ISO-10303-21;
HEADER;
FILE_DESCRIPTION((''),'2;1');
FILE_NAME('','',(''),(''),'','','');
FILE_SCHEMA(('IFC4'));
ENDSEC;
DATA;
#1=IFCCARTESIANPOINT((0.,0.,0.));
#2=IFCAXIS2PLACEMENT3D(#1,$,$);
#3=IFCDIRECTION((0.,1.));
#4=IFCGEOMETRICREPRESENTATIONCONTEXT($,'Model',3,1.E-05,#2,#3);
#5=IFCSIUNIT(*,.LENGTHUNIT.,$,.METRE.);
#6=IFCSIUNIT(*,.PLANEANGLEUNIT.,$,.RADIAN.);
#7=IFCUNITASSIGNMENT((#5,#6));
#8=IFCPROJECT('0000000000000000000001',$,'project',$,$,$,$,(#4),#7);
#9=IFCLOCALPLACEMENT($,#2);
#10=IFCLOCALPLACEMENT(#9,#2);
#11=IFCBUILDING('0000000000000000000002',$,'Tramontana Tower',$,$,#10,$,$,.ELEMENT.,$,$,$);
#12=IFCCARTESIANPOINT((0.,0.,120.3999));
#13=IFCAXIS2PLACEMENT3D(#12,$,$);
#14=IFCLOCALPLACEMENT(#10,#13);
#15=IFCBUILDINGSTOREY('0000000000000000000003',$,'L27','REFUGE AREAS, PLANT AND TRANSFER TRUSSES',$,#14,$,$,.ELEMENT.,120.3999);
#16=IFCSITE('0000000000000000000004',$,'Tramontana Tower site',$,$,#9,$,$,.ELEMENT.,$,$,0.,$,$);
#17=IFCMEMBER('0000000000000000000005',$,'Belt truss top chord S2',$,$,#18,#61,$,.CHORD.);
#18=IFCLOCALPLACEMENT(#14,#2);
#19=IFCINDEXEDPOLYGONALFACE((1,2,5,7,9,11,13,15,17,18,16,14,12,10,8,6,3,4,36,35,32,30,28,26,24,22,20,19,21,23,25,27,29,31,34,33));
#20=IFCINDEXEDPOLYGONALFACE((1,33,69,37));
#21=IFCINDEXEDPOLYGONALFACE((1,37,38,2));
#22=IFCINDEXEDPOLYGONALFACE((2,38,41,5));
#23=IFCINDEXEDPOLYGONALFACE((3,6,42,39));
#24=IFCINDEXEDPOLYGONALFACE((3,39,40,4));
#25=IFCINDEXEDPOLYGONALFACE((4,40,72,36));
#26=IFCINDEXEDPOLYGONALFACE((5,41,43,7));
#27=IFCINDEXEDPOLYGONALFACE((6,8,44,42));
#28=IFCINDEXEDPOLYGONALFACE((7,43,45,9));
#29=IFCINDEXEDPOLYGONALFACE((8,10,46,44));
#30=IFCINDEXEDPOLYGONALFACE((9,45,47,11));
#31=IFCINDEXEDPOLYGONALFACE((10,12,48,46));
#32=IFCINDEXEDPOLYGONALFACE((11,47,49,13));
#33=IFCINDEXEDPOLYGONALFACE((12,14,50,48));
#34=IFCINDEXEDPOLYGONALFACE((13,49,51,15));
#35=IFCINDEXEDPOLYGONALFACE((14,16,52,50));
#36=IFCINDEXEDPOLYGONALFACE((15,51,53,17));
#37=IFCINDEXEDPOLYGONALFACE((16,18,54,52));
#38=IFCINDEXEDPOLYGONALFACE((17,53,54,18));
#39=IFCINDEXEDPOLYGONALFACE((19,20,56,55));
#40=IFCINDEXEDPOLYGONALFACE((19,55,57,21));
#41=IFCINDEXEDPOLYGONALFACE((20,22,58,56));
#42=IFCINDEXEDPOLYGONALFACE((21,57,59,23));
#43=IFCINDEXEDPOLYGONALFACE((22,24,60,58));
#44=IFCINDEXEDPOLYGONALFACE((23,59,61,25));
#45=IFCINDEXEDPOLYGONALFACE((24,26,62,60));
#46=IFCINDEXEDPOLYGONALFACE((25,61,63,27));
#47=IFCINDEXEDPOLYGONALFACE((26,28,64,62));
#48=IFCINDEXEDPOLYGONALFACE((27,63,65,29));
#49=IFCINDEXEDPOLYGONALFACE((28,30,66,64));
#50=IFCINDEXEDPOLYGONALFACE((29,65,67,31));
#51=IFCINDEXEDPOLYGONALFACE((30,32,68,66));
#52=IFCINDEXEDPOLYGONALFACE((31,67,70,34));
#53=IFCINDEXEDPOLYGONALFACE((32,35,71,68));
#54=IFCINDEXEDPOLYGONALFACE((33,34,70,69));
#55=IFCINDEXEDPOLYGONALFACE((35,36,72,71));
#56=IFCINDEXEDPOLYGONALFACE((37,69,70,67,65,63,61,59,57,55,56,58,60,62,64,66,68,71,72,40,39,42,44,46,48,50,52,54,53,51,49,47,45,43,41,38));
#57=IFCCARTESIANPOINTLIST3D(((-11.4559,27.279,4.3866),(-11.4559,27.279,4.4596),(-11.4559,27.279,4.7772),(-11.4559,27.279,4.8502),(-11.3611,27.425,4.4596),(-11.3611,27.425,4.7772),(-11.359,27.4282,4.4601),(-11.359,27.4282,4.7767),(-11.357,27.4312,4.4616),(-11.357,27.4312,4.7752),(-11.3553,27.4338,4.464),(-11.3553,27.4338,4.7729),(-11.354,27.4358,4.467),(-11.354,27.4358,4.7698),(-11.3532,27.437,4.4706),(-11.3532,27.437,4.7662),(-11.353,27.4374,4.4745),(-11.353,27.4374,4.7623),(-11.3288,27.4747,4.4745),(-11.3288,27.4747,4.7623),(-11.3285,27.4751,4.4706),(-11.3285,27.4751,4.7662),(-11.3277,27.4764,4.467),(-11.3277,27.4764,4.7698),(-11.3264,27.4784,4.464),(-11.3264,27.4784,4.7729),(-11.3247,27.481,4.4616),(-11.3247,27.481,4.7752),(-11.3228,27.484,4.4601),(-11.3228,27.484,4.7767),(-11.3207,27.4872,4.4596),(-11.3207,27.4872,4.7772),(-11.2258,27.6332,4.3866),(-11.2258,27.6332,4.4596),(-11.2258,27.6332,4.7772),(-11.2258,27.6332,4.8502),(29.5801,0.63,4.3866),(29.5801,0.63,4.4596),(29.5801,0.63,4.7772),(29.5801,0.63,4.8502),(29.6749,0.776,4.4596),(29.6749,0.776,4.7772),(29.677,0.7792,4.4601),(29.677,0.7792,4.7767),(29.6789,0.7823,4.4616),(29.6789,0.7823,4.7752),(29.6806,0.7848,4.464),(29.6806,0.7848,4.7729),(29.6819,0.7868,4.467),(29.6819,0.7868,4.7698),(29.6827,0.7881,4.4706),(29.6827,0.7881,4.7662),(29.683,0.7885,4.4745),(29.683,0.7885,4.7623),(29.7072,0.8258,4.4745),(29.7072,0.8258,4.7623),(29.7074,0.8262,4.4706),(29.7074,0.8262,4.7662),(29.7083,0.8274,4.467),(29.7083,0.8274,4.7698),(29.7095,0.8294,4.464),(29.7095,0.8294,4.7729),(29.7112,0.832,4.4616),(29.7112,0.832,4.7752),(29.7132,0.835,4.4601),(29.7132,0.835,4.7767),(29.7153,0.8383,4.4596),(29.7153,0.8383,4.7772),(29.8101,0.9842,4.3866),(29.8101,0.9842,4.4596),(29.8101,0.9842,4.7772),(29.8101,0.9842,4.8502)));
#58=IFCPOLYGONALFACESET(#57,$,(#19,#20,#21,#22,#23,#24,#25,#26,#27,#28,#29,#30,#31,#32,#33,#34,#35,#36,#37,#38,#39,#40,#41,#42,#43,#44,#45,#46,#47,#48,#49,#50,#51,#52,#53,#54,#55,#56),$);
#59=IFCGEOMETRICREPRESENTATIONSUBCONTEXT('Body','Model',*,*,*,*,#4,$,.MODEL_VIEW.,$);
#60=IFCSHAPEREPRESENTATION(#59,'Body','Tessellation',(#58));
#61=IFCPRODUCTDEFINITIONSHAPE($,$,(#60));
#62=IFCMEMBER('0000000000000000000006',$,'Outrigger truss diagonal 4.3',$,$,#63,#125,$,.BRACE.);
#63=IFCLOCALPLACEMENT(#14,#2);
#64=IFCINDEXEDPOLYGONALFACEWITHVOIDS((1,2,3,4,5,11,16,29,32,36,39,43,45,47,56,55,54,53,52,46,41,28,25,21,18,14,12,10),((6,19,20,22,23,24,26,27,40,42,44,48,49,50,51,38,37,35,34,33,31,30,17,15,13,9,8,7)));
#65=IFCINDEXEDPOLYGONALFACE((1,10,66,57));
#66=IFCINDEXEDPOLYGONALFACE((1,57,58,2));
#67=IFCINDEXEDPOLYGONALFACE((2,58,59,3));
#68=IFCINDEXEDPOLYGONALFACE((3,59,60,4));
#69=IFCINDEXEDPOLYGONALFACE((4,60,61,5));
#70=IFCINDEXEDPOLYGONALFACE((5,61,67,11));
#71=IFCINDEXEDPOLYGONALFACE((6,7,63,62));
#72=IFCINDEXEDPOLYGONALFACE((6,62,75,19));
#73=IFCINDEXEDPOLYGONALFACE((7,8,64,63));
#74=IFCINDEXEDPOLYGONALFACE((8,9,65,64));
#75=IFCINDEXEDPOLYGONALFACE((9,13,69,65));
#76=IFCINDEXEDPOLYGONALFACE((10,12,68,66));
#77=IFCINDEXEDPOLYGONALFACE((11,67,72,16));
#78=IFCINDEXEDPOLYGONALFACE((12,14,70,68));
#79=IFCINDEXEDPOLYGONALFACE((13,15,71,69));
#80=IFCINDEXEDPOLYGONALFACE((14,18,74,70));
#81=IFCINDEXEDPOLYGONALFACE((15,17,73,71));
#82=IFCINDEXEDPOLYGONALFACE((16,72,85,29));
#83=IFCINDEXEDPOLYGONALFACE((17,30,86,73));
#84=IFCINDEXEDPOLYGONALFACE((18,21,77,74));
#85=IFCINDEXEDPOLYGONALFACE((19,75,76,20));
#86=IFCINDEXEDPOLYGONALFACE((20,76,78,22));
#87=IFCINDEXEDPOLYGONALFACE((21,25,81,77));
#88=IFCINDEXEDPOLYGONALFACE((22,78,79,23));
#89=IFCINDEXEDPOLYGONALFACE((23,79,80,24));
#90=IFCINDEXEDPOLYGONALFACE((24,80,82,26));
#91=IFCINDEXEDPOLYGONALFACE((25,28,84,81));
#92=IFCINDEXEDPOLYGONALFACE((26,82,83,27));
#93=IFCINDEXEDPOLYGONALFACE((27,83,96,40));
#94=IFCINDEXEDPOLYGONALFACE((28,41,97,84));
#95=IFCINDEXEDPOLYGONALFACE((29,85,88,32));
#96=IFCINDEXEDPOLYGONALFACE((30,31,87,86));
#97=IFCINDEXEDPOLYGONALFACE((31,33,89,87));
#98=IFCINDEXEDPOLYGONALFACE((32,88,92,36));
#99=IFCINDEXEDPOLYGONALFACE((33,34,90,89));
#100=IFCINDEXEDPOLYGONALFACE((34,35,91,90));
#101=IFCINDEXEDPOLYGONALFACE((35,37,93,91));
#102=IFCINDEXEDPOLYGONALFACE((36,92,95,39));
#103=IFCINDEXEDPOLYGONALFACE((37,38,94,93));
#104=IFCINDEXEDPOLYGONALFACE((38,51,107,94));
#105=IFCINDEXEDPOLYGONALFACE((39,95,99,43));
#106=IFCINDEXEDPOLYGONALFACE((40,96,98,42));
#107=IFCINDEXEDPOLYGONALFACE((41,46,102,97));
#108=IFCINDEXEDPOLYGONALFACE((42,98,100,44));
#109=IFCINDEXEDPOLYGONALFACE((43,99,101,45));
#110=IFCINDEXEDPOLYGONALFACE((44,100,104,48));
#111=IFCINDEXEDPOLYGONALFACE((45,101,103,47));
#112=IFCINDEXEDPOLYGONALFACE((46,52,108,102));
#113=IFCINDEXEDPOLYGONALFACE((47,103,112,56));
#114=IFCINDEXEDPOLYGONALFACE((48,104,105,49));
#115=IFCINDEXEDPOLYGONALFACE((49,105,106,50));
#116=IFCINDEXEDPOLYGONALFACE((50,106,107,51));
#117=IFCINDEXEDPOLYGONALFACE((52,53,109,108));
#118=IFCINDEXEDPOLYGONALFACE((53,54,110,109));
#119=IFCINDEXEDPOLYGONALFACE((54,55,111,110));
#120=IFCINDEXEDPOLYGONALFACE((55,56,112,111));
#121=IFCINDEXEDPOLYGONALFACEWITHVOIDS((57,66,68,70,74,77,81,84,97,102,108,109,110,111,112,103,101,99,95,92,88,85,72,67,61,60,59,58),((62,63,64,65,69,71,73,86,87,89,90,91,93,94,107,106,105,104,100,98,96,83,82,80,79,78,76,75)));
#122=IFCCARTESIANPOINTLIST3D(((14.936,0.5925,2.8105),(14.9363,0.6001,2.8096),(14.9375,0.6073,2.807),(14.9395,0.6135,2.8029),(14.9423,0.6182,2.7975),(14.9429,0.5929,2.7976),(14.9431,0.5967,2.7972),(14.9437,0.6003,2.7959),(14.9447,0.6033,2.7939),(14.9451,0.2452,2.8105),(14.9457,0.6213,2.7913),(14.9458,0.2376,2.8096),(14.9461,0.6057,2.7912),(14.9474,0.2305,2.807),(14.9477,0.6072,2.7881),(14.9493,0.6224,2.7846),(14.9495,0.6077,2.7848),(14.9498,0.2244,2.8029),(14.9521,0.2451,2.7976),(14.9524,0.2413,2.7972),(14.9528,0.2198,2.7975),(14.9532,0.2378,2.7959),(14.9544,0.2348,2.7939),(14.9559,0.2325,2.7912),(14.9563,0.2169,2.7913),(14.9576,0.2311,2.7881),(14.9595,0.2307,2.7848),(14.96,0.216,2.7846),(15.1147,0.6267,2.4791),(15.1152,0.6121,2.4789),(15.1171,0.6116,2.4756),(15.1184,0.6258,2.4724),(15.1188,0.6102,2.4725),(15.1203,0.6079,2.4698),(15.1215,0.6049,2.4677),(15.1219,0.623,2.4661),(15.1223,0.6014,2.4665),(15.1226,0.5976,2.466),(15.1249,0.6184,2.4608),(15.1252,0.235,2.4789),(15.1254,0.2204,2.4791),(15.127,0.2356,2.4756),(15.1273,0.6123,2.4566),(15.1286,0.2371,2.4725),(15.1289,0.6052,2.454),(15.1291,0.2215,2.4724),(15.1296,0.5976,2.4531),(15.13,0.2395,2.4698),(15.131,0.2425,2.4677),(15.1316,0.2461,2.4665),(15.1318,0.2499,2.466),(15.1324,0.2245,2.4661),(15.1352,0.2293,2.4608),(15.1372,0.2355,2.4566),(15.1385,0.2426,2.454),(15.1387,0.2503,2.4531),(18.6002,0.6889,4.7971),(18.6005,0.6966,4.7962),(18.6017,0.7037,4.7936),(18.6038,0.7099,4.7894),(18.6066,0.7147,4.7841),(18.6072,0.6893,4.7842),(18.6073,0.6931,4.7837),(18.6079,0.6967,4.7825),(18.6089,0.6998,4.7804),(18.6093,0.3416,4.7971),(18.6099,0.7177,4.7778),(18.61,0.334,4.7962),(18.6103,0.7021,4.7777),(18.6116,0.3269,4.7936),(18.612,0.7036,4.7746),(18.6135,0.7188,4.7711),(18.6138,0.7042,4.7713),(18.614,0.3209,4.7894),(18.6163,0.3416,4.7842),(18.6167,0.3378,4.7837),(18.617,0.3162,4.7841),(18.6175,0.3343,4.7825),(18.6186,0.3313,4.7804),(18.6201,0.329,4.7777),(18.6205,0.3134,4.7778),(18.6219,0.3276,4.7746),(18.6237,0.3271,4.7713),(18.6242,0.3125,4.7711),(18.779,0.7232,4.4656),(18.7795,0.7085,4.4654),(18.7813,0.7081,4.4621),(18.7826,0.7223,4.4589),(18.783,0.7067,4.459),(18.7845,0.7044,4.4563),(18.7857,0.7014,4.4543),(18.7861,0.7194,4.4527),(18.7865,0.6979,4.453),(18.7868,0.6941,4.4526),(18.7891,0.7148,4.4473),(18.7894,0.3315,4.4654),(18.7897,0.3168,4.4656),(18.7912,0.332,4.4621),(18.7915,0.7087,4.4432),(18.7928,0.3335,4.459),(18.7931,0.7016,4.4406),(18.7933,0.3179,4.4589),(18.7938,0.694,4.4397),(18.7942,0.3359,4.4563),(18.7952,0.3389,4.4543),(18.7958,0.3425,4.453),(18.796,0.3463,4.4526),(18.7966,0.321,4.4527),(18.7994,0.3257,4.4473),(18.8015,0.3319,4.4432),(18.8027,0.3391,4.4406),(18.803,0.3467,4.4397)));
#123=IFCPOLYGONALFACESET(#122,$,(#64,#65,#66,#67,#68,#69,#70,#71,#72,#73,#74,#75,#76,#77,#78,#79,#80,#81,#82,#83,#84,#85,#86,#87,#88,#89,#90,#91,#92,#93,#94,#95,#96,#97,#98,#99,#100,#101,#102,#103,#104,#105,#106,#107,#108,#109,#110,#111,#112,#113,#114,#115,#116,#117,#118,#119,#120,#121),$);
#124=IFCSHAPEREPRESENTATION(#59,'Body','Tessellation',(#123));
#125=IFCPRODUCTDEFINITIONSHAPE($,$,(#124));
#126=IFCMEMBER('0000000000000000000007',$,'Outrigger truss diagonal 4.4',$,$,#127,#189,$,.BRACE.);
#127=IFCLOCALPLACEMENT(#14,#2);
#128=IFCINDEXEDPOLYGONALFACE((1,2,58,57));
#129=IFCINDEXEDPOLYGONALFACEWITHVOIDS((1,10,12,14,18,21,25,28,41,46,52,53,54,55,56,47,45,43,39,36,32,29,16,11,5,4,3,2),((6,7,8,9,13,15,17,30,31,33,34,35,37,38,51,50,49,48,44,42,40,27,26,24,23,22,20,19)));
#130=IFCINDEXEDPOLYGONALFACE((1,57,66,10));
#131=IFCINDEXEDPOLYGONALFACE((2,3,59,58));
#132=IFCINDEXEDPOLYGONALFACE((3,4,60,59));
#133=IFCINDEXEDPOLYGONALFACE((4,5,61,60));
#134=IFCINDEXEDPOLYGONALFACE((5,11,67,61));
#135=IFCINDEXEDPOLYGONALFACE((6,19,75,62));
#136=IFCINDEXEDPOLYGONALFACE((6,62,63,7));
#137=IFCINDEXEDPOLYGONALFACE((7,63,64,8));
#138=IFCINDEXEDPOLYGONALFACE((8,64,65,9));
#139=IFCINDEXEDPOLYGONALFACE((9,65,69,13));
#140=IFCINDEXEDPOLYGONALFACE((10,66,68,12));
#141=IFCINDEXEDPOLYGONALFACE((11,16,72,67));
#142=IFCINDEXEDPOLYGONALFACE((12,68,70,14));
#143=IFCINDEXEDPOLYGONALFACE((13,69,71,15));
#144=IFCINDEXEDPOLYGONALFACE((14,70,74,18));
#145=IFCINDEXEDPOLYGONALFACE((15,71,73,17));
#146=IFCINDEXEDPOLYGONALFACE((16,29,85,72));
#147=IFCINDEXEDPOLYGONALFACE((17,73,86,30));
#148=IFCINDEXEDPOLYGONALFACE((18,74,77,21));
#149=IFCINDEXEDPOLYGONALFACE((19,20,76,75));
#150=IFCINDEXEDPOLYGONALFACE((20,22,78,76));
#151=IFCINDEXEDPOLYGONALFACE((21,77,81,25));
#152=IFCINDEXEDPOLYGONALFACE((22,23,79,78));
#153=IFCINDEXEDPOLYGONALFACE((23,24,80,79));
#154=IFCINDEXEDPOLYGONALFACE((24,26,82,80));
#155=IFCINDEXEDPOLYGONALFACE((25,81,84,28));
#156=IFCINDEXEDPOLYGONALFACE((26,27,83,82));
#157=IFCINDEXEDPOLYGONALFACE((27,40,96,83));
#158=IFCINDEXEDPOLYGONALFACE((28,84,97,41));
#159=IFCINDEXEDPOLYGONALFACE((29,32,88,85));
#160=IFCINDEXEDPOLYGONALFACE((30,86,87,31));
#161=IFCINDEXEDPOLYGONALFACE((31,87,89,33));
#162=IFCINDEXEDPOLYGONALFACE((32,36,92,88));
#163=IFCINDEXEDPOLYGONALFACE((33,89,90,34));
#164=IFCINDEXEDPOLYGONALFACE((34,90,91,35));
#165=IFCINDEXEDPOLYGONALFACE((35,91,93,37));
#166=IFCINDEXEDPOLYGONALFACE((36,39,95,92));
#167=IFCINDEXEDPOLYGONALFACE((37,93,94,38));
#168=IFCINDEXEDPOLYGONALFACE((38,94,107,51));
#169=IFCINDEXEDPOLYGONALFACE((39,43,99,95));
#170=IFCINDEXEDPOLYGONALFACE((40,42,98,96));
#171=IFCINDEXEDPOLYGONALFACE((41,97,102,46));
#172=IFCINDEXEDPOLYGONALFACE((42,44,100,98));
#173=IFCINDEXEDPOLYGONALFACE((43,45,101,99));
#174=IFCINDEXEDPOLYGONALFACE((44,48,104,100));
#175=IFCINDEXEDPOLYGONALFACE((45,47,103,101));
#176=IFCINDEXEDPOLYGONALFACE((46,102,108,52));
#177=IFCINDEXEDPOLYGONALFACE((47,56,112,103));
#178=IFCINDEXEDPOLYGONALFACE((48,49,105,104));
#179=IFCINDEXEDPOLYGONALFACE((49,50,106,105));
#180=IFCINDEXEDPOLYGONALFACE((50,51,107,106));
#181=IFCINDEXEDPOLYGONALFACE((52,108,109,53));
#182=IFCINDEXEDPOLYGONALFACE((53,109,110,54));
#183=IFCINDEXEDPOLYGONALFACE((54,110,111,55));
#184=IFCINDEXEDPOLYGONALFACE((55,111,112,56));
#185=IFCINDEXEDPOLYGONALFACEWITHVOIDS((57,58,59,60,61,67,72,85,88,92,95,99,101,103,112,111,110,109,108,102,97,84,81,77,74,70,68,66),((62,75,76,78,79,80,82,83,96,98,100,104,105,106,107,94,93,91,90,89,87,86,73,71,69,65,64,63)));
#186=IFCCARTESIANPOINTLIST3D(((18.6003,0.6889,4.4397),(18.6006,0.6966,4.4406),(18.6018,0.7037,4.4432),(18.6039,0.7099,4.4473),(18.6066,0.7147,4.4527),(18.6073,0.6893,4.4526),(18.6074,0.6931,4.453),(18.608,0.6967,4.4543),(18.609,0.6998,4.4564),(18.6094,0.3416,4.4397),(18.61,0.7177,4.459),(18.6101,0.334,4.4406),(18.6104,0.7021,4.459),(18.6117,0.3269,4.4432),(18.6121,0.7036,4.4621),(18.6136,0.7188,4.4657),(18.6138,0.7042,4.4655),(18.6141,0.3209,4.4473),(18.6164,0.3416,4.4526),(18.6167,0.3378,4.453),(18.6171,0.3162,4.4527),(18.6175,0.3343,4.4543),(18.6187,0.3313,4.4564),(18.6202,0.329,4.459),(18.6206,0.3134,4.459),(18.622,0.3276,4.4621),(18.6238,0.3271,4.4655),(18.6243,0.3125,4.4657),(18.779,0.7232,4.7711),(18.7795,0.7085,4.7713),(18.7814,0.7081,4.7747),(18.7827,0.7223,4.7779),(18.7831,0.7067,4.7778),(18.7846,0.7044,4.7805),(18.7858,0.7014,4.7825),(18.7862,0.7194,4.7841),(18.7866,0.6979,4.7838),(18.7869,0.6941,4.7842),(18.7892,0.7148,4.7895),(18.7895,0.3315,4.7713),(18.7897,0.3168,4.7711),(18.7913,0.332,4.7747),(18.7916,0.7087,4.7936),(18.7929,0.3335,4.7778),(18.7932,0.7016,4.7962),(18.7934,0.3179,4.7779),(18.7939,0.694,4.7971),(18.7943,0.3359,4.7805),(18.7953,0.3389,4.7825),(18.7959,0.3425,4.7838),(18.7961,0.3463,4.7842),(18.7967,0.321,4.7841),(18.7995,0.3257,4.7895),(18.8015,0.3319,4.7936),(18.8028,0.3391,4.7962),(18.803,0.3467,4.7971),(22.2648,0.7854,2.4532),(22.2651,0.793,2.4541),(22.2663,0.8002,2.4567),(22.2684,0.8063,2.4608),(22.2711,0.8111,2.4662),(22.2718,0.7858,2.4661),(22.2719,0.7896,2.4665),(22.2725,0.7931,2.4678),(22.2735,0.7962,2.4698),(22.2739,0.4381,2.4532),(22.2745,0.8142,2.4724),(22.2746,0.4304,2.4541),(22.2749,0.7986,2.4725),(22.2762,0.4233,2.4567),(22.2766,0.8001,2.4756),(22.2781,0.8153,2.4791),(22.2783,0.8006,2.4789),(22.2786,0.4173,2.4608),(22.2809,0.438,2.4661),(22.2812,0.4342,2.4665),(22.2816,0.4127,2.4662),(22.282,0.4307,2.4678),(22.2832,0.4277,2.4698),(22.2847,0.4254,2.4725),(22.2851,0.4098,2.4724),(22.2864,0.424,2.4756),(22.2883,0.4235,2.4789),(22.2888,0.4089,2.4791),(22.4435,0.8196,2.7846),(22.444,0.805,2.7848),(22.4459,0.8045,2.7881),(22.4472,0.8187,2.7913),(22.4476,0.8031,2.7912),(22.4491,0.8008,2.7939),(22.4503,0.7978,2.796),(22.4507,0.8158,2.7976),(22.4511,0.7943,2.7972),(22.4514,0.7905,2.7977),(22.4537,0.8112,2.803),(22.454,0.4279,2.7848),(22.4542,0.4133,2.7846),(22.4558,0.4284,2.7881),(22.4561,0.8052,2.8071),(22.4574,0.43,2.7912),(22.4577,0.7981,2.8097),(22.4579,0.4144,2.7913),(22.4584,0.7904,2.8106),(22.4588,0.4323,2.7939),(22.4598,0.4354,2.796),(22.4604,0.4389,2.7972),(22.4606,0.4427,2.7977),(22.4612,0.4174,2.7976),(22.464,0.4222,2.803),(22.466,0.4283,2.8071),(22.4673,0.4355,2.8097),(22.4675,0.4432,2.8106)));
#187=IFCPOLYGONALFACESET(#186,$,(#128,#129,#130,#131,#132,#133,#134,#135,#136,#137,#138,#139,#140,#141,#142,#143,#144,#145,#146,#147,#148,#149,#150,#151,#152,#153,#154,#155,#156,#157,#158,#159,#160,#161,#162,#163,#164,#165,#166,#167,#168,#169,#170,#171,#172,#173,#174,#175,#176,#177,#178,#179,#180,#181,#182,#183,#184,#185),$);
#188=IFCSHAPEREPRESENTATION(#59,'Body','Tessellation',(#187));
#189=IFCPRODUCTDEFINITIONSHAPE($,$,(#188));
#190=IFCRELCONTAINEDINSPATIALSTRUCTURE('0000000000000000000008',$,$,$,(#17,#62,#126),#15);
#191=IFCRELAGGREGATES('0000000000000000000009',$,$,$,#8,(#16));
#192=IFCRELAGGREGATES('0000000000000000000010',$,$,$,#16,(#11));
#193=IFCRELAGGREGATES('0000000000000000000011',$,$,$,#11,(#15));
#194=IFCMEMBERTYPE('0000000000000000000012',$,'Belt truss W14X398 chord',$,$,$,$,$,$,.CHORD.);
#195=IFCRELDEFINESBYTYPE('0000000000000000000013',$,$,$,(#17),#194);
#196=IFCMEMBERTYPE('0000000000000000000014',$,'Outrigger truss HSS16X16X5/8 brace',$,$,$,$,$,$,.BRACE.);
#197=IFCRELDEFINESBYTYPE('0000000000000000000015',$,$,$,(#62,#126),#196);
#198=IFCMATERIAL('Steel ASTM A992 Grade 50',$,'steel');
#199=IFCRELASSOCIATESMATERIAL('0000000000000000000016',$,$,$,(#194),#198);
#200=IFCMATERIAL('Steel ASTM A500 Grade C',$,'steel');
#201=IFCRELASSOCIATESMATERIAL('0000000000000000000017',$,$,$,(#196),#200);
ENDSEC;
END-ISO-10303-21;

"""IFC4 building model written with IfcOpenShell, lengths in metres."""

from ifc_helpers import new_model, si_unit, direction, frame, origin, origin_2d, place, context, subcontext, project, spatial, hollow_rectangle, i_section, extrude, material, material_profile, profile_set, type_object, element, save


model = new_model("IFC4")

# Units and contexts
model_context = context("Model", 3, precision=1e-05, world=origin(), true_north=direction((0.0, 1.0)))
body_context = subcontext(model_context, "Body", "Model", "MODEL_VIEW")
ifc_project = project(units=[si_unit("LENGTHUNIT", "METRE"), si_unit("PLANEANGLEUNIT", "RADIAN")], contexts=[model_context])

# Site, building, storey
site_placement = place(None, origin())
site = spatial("IfcSite", under=ifc_project, at=site_placement, Name="Tramontana Tower site", CompositionType="ELEMENT", RefElevation=0.0)
building_placement = place(site_placement, origin())
building = spatial("IfcBuilding", under=site, at=building_placement, Name="Tramontana Tower", CompositionType="ELEMENT")
storey_placement = place(building_placement, frame((0.0, 0.0, 120.3999)))
storey = spatial("IfcBuildingStorey", under=building, at=storey_placement, Name="L27", Description="REFUGE AREAS, PLANT AND TRANSFER TRUSSES", CompositionType="ELEMENT", Elevation=120.3999)

# Members
ifc_material_1 = material(Name="Steel ASTM A992 Grade 50", Category="steel")
ifc_material_profile_1 = material_profile(ifc_material_1, i_section(OverallWidth=0.4224, OverallDepth=0.4636, WebThickness=0.0444, FlangeThickness=0.073, FilletRadius=0.0149, at=origin_2d()), Name="W14X398")
ifc_profile_set_1 = profile_set([ifc_material_profile_1], Name="Steel ASTM A992 Grade 50")
member_type_1 = type_object("IfcMemberType", Name="Belt truss W14X398 chord", PredefinedType="CHORD", material=ifc_profile_set_1)
for number, where, z_axis, x_axis, name in (
    (1, (29.6951, 0.8071, 4.6184), (-0.838671, 0.544638, 0.0), (-0.544638, -0.838671, 0.0), "Belt truss top chord S2"),
):
    element("IfcMember", number, at=place(storey_placement, frame(where, z_axis=z_axis, x_axis=x_axis)), inside=storey, type_object=member_type_1, Name=name, PredefinedType="CHORD", context=body_context, shape_type="SweptSolid", body=[
        extrude(i_section(OverallWidth=0.4224, OverallDepth=0.4636, WebThickness=0.0444, FlangeThickness=0.073, FilletRadius=0.0149, at=origin_2d()), origin(), (0.0, 0.0, 1.0), 48.9297),
    ])
ifc_material_2 = material(Name="Steel ASTM A500 Grade C", Category="steel")
ifc_material_profile_2 = material_profile(ifc_material_2, hollow_rectangle(XDim=0.4065, YDim=0.4065, WallThickness=0.0146, InnerFilletRadius=0.0146, OuterFilletRadius=0.0295, at=origin_2d()), Name="HSS16X16X5/8")
ifc_profile_set_2 = profile_set([ifc_material_profile_2], Name="Steel ASTM A500 Grade C")
member_type_2 = type_object("IfcMemberType", Name="Outrigger truss HSS16X16X5/8 brace", PredefinedType="BRACE", material=ifc_profile_set_2)
member_1_placement = place(storey_placement, frame((15.0374, 0.4214, 2.6318), z_axis=(0.878882, 0.02313, 0.476478), x_axis=(-0.026308, 0.999654, 0.0)))
element("IfcMember", 2, at=member_1_placement, inside=storey, type_object=member_type_2, Name="Outrigger truss diagonal 4.3", PredefinedType="BRACE", context=body_context, shape_type="SweptSolid", body=[
    extrude(hollow_rectangle(XDim=0.4065, YDim=0.4065, WallThickness=0.0146, InnerFilletRadius=0.0146, OuterFilletRadius=0.0295, at=origin_2d()), origin(), (0.0, 0.0, 1.0), 4.1692),
])
member_2_placement = place(storey_placement, frame((18.7017, 0.5178, 4.6184), z_axis=(0.878895, 0.023129, -0.476454), x_axis=(-0.026307, 0.999654, 0.0)))
element("IfcMember", 3, at=member_2_placement, inside=storey, type_object=member_type_2, Name="Outrigger truss diagonal 4.4", PredefinedType="BRACE", context=body_context, shape_type="SweptSolid", body=[
    extrude(hollow_rectangle(XDim=0.4065, YDim=0.4065, WallThickness=0.0146, InnerFilletRadius=0.0146, OuterFilletRadius=0.0295, at=origin_2d()), origin(), (0.0, 0.0, 1.0), 4.1694),
])

save(model, "model.ifc")
